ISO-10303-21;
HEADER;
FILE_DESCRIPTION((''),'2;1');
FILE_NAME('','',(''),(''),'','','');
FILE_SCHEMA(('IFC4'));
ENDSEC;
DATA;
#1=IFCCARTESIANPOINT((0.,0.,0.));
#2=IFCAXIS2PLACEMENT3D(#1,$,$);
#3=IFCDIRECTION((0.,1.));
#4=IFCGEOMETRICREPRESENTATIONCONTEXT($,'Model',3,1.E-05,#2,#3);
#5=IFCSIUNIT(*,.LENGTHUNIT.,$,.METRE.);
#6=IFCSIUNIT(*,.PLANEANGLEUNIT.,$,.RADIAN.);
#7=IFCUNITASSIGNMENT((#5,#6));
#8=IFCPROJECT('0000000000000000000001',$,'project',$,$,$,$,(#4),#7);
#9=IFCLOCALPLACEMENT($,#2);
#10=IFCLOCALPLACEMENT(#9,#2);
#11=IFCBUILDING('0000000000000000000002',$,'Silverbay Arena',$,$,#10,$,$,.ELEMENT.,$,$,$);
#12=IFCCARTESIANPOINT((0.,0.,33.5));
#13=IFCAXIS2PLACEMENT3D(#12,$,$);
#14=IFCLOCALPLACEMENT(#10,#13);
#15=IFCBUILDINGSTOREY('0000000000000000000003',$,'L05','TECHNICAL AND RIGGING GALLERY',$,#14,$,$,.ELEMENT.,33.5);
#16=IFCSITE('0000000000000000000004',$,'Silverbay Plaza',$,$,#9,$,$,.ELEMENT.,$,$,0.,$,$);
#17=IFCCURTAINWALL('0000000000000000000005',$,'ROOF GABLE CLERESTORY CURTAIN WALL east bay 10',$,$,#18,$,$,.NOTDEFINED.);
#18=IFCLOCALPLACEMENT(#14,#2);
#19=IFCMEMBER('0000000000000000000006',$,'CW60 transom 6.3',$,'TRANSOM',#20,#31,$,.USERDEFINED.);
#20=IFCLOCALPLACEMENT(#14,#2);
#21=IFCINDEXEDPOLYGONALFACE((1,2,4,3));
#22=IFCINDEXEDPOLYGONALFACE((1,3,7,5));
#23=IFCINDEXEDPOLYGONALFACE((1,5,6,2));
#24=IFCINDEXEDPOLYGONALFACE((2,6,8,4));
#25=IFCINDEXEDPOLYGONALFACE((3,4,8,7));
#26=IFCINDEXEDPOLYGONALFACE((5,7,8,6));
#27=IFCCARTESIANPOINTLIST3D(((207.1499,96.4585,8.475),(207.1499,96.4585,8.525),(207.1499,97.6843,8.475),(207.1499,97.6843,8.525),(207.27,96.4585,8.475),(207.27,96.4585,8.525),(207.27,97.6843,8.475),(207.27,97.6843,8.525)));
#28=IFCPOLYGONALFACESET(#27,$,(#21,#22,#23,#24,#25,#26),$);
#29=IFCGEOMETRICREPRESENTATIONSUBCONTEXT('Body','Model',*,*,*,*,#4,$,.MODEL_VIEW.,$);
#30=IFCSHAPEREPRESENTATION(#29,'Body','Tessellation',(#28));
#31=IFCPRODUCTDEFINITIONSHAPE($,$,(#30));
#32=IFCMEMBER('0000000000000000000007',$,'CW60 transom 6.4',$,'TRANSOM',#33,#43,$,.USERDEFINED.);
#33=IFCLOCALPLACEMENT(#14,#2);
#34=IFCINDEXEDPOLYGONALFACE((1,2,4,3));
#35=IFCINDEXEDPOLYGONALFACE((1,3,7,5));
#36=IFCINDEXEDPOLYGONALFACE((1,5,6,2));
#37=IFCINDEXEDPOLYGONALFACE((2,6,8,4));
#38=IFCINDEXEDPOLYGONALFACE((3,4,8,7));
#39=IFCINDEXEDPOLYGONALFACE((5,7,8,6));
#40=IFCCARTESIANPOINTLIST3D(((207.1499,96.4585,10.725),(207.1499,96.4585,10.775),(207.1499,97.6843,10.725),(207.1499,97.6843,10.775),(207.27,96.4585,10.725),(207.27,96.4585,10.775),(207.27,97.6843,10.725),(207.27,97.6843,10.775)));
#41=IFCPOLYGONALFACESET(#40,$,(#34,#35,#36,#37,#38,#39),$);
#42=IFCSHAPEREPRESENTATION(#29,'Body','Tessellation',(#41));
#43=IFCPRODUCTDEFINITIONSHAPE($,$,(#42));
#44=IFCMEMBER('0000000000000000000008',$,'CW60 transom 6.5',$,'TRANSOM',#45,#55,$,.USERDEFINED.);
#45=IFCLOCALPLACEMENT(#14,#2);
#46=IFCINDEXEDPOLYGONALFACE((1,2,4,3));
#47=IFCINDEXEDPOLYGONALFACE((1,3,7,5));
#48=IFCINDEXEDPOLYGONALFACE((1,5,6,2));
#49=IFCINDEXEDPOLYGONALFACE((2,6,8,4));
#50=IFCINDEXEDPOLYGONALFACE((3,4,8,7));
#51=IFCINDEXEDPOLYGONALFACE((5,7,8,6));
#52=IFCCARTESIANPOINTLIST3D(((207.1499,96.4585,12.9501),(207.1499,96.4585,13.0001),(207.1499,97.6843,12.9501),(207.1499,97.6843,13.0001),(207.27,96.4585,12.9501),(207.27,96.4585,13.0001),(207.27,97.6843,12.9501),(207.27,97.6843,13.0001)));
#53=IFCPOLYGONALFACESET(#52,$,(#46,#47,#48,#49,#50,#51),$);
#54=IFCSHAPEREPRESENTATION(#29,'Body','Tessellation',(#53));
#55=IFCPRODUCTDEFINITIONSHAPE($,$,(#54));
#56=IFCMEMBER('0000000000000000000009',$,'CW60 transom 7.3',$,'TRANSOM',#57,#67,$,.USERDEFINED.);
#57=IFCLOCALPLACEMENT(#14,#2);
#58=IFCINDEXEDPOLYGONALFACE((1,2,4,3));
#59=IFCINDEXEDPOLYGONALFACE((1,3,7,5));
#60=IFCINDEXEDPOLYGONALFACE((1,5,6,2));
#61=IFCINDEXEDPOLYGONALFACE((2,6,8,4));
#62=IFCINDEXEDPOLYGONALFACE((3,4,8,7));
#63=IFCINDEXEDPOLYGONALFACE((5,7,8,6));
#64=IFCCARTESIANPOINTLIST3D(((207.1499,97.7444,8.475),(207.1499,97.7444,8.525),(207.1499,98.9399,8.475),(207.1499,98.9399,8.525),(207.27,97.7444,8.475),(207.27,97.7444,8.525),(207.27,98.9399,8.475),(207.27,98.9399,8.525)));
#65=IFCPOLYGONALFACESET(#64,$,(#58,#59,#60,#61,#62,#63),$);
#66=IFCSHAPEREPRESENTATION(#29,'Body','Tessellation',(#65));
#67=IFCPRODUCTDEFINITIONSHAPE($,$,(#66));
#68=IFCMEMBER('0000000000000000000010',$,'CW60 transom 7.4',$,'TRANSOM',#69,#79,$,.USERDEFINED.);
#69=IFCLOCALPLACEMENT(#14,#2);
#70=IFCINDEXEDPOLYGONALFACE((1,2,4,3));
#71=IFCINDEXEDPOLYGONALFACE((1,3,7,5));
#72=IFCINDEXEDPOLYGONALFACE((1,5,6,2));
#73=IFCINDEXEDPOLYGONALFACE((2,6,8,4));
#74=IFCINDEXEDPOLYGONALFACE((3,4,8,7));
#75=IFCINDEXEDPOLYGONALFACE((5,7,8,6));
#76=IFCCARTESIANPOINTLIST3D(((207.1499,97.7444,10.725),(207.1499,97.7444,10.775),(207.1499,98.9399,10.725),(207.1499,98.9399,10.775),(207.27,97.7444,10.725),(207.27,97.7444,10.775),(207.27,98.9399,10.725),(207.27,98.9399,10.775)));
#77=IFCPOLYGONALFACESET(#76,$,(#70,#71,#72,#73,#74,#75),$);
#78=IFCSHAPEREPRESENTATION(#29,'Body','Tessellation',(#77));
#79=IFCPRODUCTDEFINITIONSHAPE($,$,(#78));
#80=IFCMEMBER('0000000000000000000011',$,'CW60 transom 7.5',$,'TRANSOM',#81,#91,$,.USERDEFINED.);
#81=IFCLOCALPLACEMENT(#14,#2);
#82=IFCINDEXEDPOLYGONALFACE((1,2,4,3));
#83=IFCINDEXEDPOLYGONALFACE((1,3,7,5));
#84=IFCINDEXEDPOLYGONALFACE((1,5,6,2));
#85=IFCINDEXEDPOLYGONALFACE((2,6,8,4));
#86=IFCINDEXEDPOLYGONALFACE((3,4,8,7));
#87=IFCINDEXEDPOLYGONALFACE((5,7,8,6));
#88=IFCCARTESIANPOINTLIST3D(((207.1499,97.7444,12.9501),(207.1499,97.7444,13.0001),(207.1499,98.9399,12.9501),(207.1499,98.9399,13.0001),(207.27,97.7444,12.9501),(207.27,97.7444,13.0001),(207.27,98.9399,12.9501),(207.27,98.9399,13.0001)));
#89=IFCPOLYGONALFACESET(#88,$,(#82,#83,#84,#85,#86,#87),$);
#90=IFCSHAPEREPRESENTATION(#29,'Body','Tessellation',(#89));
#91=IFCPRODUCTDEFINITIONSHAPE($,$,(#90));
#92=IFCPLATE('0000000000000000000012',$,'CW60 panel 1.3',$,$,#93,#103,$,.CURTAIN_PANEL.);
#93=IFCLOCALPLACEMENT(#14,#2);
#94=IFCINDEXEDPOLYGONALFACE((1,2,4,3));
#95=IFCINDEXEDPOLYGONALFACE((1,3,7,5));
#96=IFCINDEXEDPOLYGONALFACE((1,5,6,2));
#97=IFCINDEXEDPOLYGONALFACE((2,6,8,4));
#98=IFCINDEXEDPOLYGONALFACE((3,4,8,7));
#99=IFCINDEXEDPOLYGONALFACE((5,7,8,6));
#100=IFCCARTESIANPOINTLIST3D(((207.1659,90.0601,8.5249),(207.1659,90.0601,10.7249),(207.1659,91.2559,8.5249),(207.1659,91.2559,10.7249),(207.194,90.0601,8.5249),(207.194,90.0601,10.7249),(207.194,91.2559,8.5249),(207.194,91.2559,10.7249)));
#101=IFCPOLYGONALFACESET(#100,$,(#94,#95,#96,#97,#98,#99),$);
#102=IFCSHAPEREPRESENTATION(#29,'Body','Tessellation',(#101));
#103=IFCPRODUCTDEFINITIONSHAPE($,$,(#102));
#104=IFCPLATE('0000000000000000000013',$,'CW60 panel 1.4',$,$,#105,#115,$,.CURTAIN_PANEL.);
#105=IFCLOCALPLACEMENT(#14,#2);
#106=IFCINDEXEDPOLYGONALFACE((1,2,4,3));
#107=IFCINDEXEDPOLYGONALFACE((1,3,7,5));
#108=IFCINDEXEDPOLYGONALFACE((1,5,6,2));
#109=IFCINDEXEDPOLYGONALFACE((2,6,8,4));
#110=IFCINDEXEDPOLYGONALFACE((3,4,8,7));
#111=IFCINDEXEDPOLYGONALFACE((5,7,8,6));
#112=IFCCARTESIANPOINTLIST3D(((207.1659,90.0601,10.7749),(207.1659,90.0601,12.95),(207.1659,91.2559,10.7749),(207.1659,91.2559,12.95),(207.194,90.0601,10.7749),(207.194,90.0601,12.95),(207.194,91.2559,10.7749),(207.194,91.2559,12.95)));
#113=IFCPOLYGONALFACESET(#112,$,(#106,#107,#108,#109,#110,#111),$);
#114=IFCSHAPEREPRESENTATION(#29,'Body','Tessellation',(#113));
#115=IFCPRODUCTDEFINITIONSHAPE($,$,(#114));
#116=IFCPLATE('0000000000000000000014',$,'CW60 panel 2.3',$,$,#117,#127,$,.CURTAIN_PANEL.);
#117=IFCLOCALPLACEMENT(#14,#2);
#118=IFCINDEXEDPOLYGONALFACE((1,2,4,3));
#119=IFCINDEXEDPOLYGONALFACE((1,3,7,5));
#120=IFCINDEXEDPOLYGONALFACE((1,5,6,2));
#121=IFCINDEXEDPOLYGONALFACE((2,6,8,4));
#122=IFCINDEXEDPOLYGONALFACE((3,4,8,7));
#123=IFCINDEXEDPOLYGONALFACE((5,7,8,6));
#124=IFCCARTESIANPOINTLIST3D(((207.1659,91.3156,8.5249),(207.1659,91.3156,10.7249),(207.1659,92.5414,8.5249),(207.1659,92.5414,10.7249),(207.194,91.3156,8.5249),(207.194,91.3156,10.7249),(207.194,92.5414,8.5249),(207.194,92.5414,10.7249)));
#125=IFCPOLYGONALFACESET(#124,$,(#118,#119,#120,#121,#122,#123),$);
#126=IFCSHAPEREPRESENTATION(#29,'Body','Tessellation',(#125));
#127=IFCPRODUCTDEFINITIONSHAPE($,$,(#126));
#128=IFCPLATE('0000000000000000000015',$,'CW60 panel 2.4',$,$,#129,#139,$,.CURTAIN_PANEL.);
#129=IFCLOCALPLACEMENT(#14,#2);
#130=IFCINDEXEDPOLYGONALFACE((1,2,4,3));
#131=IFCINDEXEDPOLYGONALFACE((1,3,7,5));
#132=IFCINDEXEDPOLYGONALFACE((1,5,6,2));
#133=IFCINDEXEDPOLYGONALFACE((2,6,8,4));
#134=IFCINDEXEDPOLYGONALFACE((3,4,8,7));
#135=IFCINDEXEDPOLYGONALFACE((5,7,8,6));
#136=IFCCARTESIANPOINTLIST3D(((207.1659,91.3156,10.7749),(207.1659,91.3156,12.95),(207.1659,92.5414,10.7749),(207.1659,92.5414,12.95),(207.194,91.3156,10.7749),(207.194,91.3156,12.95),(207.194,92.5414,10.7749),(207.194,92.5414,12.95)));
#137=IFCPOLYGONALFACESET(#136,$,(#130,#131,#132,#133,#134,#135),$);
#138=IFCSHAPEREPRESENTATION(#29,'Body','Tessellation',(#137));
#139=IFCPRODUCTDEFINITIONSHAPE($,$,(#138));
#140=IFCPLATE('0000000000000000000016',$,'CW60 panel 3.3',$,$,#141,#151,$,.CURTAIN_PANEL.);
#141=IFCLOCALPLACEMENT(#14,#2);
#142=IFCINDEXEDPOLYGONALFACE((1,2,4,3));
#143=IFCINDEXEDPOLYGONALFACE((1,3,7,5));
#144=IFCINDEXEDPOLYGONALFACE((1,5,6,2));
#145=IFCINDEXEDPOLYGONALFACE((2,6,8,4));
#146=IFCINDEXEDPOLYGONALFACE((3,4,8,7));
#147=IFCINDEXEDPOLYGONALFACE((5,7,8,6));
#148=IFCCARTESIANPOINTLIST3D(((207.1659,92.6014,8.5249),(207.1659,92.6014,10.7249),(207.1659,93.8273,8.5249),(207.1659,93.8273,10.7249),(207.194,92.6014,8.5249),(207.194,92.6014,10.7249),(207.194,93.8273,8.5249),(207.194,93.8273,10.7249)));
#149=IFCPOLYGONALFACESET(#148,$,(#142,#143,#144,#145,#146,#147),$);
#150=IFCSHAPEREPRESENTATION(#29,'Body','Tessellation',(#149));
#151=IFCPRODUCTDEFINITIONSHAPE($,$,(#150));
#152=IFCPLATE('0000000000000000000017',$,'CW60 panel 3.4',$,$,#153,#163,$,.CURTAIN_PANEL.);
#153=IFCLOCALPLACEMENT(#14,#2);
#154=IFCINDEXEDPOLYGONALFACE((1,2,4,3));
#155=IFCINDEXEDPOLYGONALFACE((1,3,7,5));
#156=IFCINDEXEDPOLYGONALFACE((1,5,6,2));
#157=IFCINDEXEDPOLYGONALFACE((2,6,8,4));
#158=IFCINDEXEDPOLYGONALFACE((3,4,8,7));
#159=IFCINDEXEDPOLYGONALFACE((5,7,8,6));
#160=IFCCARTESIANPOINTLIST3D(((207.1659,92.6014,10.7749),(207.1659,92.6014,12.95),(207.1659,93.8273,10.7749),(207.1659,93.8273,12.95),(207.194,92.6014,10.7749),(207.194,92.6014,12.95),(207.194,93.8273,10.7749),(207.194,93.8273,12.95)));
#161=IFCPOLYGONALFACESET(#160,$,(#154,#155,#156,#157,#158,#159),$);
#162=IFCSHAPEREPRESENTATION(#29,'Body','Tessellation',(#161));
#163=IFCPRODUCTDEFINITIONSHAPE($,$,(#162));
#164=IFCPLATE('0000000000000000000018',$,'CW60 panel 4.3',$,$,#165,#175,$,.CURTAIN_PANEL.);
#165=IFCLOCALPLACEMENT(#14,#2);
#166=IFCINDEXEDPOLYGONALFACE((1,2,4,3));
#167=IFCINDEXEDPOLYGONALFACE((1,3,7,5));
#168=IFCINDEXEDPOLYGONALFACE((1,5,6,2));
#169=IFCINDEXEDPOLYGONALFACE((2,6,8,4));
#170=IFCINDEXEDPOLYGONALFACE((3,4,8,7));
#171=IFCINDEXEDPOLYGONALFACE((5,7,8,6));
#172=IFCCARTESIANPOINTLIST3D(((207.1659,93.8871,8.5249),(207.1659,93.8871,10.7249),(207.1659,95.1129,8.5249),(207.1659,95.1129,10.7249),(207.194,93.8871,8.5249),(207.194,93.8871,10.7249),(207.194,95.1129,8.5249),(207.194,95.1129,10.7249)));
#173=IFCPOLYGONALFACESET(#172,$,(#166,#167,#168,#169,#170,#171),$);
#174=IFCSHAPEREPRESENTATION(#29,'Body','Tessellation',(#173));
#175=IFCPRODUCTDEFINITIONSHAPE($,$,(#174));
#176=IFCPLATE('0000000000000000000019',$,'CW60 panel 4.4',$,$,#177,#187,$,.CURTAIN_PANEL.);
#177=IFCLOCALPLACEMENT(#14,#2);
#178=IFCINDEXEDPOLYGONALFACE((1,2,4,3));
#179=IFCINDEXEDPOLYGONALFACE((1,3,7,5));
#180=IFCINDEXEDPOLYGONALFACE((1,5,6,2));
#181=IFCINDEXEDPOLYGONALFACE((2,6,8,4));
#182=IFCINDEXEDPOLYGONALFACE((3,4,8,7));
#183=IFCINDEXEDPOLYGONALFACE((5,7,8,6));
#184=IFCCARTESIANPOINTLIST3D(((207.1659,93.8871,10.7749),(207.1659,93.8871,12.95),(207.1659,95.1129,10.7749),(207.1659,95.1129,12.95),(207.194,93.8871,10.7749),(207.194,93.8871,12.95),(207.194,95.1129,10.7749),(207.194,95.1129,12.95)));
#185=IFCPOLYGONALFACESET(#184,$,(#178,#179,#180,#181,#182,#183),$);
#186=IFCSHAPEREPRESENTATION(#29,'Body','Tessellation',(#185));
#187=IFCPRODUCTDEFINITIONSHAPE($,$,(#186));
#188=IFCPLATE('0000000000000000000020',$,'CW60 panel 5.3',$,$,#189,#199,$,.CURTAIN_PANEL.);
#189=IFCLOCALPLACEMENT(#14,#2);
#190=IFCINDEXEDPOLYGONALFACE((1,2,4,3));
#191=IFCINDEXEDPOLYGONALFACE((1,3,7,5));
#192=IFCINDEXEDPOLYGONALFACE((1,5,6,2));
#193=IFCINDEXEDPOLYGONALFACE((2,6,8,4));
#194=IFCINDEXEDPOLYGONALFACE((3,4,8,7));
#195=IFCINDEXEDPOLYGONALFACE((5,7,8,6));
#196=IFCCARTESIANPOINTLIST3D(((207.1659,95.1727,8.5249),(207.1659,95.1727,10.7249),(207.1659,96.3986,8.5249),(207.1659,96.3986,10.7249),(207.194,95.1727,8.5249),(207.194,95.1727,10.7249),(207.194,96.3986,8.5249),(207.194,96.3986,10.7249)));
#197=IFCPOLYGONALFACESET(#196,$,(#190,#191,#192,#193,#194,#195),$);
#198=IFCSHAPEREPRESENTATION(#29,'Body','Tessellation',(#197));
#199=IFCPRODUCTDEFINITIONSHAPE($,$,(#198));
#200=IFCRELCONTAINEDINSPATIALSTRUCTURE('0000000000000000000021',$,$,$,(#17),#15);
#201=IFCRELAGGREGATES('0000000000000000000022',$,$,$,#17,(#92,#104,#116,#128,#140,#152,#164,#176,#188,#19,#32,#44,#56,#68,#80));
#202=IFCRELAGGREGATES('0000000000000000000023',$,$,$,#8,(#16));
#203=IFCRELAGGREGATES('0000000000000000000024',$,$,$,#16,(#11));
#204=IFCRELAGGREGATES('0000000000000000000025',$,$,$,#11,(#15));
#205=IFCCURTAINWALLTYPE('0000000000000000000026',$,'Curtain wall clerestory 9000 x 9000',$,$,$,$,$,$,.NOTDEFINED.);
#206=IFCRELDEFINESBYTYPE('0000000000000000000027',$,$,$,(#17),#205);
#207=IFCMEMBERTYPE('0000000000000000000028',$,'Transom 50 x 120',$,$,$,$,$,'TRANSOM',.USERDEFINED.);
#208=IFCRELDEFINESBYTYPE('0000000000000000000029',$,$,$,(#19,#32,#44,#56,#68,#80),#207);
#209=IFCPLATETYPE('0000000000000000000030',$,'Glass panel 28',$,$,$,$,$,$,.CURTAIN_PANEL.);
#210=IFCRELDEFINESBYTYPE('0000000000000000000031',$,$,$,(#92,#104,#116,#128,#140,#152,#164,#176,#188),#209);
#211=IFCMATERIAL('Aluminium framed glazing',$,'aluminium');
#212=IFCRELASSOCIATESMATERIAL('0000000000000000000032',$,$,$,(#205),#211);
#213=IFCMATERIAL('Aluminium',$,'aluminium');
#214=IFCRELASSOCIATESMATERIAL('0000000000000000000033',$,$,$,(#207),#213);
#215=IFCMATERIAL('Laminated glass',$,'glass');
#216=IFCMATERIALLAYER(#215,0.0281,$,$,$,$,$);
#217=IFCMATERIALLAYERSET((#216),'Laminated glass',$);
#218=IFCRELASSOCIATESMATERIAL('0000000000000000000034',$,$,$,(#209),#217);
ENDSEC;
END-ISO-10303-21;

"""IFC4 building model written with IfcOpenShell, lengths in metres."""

from ifc_helpers import new_model, si_unit, direction, frame, origin, origin_2d, place, context, subcontext, project, spatial, rectangle, extrude, material, layer, layer_set, material_profile, profile_set, type_object, element, aggregate, save


model = new_model("IFC4")

# Units and contexts
model_context = context("Model", 3, precision=1e-05, world=origin(), true_north=direction((0.0, 1.0)))
body_context = subcontext(model_context, "Body", "Model", "MODEL_VIEW")
ifc_project = project(units=[si_unit("LENGTHUNIT", "METRE"), si_unit("PLANEANGLEUNIT", "RADIAN")], contexts=[model_context])

# Site, building, storey
site_placement = place(None, origin())
site = spatial("IfcSite", under=ifc_project, at=site_placement, Name="Silverbay Plaza", CompositionType="ELEMENT", RefElevation=0.0)
building_placement = place(site_placement, origin())
building = spatial("IfcBuilding", under=site, at=building_placement, Name="Silverbay Arena", CompositionType="ELEMENT")
storey_placement = place(building_placement, frame((0.0, 0.0, 33.5)))
storey = spatial("IfcBuildingStorey", under=building, at=storey_placement, Name="L05", Description="TECHNICAL AND RIGGING GALLERY", CompositionType="ELEMENT", Elevation=33.5)

# Curtain wall, members, plates
ifc_material_1 = material(Name="Aluminium framed glazing", Category="aluminium")
curtain_wall_type = type_object("IfcCurtainWallType", Name="Curtain wall clerestory 9000 x 9000", PredefinedType="NOTDEFINED", material=ifc_material_1)
curtain_wall_placement = place(storey_placement, origin())
curtain_wall = element("IfcCurtainWall", 1, at=curtain_wall_placement, inside=storey, type_object=curtain_wall_type, Name="ROOF GABLE CLERESTORY CURTAIN WALL east bay 10", PredefinedType="NOTDEFINED")
ifc_material_2 = material(Name="Aluminium", Category="aluminium")
ifc_material_profile_1 = material_profile(ifc_material_2, rectangle(XDim=0.1201, YDim=0.05, at=origin_2d()), Name="Transom 50 x 120")
ifc_profile_set_1 = profile_set([ifc_material_profile_1], Name="Aluminium")
member_type_1 = type_object("IfcMemberType", Name="Transom 50 x 120", ElementType="TRANSOM", PredefinedType="USERDEFINED", material=ifc_profile_set_1)
member_1_placement = place(storey_placement, frame((207.21, 96.4585, 8.5), z_axis=(0.0, 1.0, 0.0), x_axis=(-1.0, 0.0, 0.0)))
member_1 = element("IfcMember", 2, at=member_1_placement, type_object=member_type_1, Name="CW60 transom 6.3", ObjectType="TRANSOM", PredefinedType="USERDEFINED", context=body_context, shape_type="SweptSolid", body=[
    extrude(rectangle(XDim=0.1201, YDim=0.05, at=origin_2d()), origin(), (0.0, 0.0, 1.0), 1.2258),
])
member_2_placement = place(storey_placement, frame((207.21, 96.4585, 10.75), z_axis=(0.0, 1.0, 0.0), x_axis=(-1.0, 0.0, 0.0)))
member_2 = element("IfcMember", 3, at=member_2_placement, type_object=member_type_1, Name="CW60 transom 6.4", ObjectType="TRANSOM", PredefinedType="USERDEFINED", context=body_context, shape_type="SweptSolid", body=[
    extrude(rectangle(XDim=0.1201, YDim=0.05, at=origin_2d()), origin(), (0.0, 0.0, 1.0), 1.2258),
])
member_3_placement = place(storey_placement, frame((207.21, 96.4585, 12.9751), z_axis=(0.0, 1.0, 0.0), x_axis=(-1.0, 0.0, 0.0)))
member_3 = element("IfcMember", 4, at=member_3_placement, type_object=member_type_1, Name="CW60 transom 6.5", ObjectType="TRANSOM", PredefinedType="USERDEFINED", context=body_context, shape_type="SweptSolid", body=[
    extrude(rectangle(XDim=0.1201, YDim=0.05, at=origin_2d()), origin(), (0.0, 0.0, 1.0), 1.2258),
])
member_4_placement = place(storey_placement, frame((207.21, 97.7444, 8.5), z_axis=(0.0, 1.0, 0.0), x_axis=(-1.0, 0.0, 0.0)))
member_4 = element("IfcMember", 5, at=member_4_placement, type_object=member_type_1, Name="CW60 transom 7.3", ObjectType="TRANSOM", PredefinedType="USERDEFINED", context=body_context, shape_type="SweptSolid", body=[
    extrude(rectangle(XDim=0.1201, YDim=0.05, at=origin_2d()), origin(), (0.0, 0.0, 1.0), 1.1956),
])
member_5_placement = place(storey_placement, frame((207.21, 97.7444, 10.75), z_axis=(0.0, 1.0, 0.0), x_axis=(-1.0, 0.0, 0.0)))
member_5 = element("IfcMember", 6, at=member_5_placement, type_object=member_type_1, Name="CW60 transom 7.4", ObjectType="TRANSOM", PredefinedType="USERDEFINED", context=body_context, shape_type="SweptSolid", body=[
    extrude(rectangle(XDim=0.1201, YDim=0.05, at=origin_2d()), origin(), (0.0, 0.0, 1.0), 1.1956),
])
member_6_placement = place(storey_placement, frame((207.21, 97.7444, 12.9751), z_axis=(0.0, 1.0, 0.0), x_axis=(-1.0, 0.0, 0.0)))
member_6 = element("IfcMember", 7, at=member_6_placement, type_object=member_type_1, Name="CW60 transom 7.5", ObjectType="TRANSOM", PredefinedType="USERDEFINED", context=body_context, shape_type="SweptSolid", body=[
    extrude(rectangle(XDim=0.1201, YDim=0.05, at=origin_2d()), origin(), (0.0, 0.0, 1.0), 1.1956),
])
ifc_material_3 = material(Name="Laminated glass", Category="glass")
ifc_layer = layer(ifc_material_3, 0.0281)
ifc_layer_set = layer_set([ifc_layer], Name="Laminated glass")
plate_type = type_object("IfcPlateType", Name="Glass panel 28", PredefinedType="CURTAIN_PANEL", material=ifc_layer_set)
plate_1_placement = place(storey_placement, frame((207.1799, 90.658, 8.5249), z_axis=(0.0, 0.0, 1.0), x_axis=(0.0, 1.0, 0.0)))
plate_1 = element("IfcPlate", 8, at=plate_1_placement, type_object=plate_type, Name="CW60 panel 1.3", PredefinedType="CURTAIN_PANEL", context=body_context, shape_type="SweptSolid", body=[
    extrude(rectangle(XDim=1.1958, YDim=0.0281, at=origin_2d()), origin(), (0.0, 0.0, 1.0), 2.2),
])
plate_2_placement = place(storey_placement, frame((207.1799, 90.658, 10.7749), z_axis=(0.0, 0.0, 1.0), x_axis=(0.0, 1.0, 0.0)))
plate_2 = element("IfcPlate", 9, at=plate_2_placement, type_object=plate_type, Name="CW60 panel 1.4", PredefinedType="CURTAIN_PANEL", context=body_context, shape_type="SweptSolid", body=[
    extrude(rectangle(XDim=1.1958, YDim=0.0281, at=origin_2d()), origin(), (0.0, 0.0, 1.0), 2.175),
])
plate_3_placement = place(storey_placement, frame((207.1799, 91.9285, 8.5249), z_axis=(0.0, 0.0, 1.0), x_axis=(0.0, 1.0, 0.0)))
plate_3 = element("IfcPlate", 10, at=plate_3_placement, type_object=plate_type, Name="CW60 panel 2.3", PredefinedType="CURTAIN_PANEL", context=body_context, shape_type="SweptSolid", body=[
    extrude(rectangle(XDim=1.2258, YDim=0.0281, at=origin_2d()), origin(), (0.0, 0.0, 1.0), 2.2),
])
plate_4_placement = place(storey_placement, frame((207.1799, 91.9285, 10.7749), z_axis=(0.0, 0.0, 1.0), x_axis=(0.0, 1.0, 0.0)))
plate_4 = element("IfcPlate", 11, at=plate_4_placement, type_object=plate_type, Name="CW60 panel 2.4", PredefinedType="CURTAIN_PANEL", context=body_context, shape_type="SweptSolid", body=[
    extrude(rectangle(XDim=1.2258, YDim=0.0281, at=origin_2d()), origin(), (0.0, 0.0, 1.0), 2.175),
])
plate_5_placement = place(storey_placement, frame((207.1799, 93.2144, 8.5249), z_axis=(0.0, 0.0, 1.0), x_axis=(0.0, 1.0, 0.0)))
plate_5 = element("IfcPlate", 12, at=plate_5_placement, type_object=plate_type, Name="CW60 panel 3.3", PredefinedType="CURTAIN_PANEL", context=body_context, shape_type="SweptSolid", body=[
    extrude(rectangle(XDim=1.2258, YDim=0.0281, at=origin_2d()), origin(), (0.0, 0.0, 1.0), 2.2),
])
plate_6_placement = place(storey_placement, frame((207.1799, 93.2144, 10.7749), z_axis=(0.0, 0.0, 1.0), x_axis=(0.0, 1.0, 0.0)))
plate_6 = element("IfcPlate", 13, at=plate_6_placement, type_object=plate_type, Name="CW60 panel 3.4", PredefinedType="CURTAIN_PANEL", context=body_context, shape_type="SweptSolid", body=[
    extrude(rectangle(XDim=1.2258, YDim=0.0281, at=origin_2d()), origin(), (0.0, 0.0, 1.0), 2.175),
])
plate_7_placement = place(storey_placement, frame((207.1799, 94.5, 8.5249), z_axis=(0.0, 0.0, 1.0), x_axis=(0.0, 1.0, 0.0)))
plate_7 = element("IfcPlate", 14, at=plate_7_placement, type_object=plate_type, Name="CW60 panel 4.3", PredefinedType="CURTAIN_PANEL", context=body_context, shape_type="SweptSolid", body=[
    extrude(rectangle(XDim=1.2258, YDim=0.0281, at=origin_2d()), origin(), (0.0, 0.0, 1.0), 2.2),
])
plate_8_placement = place(storey_placement, frame((207.1799, 94.5, 10.7749), z_axis=(0.0, 0.0, 1.0), x_axis=(0.0, 1.0, 0.0)))
plate_8 = element("IfcPlate", 15, at=plate_8_placement, type_object=plate_type, Name="CW60 panel 4.4", PredefinedType="CURTAIN_PANEL", context=body_context, shape_type="SweptSolid", body=[
    extrude(rectangle(XDim=1.2258, YDim=0.0281, at=origin_2d()), origin(), (0.0, 0.0, 1.0), 2.175),
])
plate_9_placement = place(storey_placement, frame((207.1799, 95.7856, 8.5249), z_axis=(0.0, 0.0, 1.0), x_axis=(0.0, 1.0, 0.0)))
plate_9 = element("IfcPlate", 16, at=plate_9_placement, type_object=plate_type, Name="CW60 panel 5.3", PredefinedType="CURTAIN_PANEL", context=body_context, shape_type="SweptSolid", body=[
    extrude(rectangle(XDim=1.2258, YDim=0.0281, at=origin_2d()), origin(), (0.0, 0.0, 1.0), 2.2),
])
aggregate(curtain_wall, [plate_1, plate_2, plate_3, plate_4, plate_5, plate_6, plate_7, plate_8, plate_9, member_1, member_2, member_3, member_4, member_5, member_6])

save(model, "model.ifc")
